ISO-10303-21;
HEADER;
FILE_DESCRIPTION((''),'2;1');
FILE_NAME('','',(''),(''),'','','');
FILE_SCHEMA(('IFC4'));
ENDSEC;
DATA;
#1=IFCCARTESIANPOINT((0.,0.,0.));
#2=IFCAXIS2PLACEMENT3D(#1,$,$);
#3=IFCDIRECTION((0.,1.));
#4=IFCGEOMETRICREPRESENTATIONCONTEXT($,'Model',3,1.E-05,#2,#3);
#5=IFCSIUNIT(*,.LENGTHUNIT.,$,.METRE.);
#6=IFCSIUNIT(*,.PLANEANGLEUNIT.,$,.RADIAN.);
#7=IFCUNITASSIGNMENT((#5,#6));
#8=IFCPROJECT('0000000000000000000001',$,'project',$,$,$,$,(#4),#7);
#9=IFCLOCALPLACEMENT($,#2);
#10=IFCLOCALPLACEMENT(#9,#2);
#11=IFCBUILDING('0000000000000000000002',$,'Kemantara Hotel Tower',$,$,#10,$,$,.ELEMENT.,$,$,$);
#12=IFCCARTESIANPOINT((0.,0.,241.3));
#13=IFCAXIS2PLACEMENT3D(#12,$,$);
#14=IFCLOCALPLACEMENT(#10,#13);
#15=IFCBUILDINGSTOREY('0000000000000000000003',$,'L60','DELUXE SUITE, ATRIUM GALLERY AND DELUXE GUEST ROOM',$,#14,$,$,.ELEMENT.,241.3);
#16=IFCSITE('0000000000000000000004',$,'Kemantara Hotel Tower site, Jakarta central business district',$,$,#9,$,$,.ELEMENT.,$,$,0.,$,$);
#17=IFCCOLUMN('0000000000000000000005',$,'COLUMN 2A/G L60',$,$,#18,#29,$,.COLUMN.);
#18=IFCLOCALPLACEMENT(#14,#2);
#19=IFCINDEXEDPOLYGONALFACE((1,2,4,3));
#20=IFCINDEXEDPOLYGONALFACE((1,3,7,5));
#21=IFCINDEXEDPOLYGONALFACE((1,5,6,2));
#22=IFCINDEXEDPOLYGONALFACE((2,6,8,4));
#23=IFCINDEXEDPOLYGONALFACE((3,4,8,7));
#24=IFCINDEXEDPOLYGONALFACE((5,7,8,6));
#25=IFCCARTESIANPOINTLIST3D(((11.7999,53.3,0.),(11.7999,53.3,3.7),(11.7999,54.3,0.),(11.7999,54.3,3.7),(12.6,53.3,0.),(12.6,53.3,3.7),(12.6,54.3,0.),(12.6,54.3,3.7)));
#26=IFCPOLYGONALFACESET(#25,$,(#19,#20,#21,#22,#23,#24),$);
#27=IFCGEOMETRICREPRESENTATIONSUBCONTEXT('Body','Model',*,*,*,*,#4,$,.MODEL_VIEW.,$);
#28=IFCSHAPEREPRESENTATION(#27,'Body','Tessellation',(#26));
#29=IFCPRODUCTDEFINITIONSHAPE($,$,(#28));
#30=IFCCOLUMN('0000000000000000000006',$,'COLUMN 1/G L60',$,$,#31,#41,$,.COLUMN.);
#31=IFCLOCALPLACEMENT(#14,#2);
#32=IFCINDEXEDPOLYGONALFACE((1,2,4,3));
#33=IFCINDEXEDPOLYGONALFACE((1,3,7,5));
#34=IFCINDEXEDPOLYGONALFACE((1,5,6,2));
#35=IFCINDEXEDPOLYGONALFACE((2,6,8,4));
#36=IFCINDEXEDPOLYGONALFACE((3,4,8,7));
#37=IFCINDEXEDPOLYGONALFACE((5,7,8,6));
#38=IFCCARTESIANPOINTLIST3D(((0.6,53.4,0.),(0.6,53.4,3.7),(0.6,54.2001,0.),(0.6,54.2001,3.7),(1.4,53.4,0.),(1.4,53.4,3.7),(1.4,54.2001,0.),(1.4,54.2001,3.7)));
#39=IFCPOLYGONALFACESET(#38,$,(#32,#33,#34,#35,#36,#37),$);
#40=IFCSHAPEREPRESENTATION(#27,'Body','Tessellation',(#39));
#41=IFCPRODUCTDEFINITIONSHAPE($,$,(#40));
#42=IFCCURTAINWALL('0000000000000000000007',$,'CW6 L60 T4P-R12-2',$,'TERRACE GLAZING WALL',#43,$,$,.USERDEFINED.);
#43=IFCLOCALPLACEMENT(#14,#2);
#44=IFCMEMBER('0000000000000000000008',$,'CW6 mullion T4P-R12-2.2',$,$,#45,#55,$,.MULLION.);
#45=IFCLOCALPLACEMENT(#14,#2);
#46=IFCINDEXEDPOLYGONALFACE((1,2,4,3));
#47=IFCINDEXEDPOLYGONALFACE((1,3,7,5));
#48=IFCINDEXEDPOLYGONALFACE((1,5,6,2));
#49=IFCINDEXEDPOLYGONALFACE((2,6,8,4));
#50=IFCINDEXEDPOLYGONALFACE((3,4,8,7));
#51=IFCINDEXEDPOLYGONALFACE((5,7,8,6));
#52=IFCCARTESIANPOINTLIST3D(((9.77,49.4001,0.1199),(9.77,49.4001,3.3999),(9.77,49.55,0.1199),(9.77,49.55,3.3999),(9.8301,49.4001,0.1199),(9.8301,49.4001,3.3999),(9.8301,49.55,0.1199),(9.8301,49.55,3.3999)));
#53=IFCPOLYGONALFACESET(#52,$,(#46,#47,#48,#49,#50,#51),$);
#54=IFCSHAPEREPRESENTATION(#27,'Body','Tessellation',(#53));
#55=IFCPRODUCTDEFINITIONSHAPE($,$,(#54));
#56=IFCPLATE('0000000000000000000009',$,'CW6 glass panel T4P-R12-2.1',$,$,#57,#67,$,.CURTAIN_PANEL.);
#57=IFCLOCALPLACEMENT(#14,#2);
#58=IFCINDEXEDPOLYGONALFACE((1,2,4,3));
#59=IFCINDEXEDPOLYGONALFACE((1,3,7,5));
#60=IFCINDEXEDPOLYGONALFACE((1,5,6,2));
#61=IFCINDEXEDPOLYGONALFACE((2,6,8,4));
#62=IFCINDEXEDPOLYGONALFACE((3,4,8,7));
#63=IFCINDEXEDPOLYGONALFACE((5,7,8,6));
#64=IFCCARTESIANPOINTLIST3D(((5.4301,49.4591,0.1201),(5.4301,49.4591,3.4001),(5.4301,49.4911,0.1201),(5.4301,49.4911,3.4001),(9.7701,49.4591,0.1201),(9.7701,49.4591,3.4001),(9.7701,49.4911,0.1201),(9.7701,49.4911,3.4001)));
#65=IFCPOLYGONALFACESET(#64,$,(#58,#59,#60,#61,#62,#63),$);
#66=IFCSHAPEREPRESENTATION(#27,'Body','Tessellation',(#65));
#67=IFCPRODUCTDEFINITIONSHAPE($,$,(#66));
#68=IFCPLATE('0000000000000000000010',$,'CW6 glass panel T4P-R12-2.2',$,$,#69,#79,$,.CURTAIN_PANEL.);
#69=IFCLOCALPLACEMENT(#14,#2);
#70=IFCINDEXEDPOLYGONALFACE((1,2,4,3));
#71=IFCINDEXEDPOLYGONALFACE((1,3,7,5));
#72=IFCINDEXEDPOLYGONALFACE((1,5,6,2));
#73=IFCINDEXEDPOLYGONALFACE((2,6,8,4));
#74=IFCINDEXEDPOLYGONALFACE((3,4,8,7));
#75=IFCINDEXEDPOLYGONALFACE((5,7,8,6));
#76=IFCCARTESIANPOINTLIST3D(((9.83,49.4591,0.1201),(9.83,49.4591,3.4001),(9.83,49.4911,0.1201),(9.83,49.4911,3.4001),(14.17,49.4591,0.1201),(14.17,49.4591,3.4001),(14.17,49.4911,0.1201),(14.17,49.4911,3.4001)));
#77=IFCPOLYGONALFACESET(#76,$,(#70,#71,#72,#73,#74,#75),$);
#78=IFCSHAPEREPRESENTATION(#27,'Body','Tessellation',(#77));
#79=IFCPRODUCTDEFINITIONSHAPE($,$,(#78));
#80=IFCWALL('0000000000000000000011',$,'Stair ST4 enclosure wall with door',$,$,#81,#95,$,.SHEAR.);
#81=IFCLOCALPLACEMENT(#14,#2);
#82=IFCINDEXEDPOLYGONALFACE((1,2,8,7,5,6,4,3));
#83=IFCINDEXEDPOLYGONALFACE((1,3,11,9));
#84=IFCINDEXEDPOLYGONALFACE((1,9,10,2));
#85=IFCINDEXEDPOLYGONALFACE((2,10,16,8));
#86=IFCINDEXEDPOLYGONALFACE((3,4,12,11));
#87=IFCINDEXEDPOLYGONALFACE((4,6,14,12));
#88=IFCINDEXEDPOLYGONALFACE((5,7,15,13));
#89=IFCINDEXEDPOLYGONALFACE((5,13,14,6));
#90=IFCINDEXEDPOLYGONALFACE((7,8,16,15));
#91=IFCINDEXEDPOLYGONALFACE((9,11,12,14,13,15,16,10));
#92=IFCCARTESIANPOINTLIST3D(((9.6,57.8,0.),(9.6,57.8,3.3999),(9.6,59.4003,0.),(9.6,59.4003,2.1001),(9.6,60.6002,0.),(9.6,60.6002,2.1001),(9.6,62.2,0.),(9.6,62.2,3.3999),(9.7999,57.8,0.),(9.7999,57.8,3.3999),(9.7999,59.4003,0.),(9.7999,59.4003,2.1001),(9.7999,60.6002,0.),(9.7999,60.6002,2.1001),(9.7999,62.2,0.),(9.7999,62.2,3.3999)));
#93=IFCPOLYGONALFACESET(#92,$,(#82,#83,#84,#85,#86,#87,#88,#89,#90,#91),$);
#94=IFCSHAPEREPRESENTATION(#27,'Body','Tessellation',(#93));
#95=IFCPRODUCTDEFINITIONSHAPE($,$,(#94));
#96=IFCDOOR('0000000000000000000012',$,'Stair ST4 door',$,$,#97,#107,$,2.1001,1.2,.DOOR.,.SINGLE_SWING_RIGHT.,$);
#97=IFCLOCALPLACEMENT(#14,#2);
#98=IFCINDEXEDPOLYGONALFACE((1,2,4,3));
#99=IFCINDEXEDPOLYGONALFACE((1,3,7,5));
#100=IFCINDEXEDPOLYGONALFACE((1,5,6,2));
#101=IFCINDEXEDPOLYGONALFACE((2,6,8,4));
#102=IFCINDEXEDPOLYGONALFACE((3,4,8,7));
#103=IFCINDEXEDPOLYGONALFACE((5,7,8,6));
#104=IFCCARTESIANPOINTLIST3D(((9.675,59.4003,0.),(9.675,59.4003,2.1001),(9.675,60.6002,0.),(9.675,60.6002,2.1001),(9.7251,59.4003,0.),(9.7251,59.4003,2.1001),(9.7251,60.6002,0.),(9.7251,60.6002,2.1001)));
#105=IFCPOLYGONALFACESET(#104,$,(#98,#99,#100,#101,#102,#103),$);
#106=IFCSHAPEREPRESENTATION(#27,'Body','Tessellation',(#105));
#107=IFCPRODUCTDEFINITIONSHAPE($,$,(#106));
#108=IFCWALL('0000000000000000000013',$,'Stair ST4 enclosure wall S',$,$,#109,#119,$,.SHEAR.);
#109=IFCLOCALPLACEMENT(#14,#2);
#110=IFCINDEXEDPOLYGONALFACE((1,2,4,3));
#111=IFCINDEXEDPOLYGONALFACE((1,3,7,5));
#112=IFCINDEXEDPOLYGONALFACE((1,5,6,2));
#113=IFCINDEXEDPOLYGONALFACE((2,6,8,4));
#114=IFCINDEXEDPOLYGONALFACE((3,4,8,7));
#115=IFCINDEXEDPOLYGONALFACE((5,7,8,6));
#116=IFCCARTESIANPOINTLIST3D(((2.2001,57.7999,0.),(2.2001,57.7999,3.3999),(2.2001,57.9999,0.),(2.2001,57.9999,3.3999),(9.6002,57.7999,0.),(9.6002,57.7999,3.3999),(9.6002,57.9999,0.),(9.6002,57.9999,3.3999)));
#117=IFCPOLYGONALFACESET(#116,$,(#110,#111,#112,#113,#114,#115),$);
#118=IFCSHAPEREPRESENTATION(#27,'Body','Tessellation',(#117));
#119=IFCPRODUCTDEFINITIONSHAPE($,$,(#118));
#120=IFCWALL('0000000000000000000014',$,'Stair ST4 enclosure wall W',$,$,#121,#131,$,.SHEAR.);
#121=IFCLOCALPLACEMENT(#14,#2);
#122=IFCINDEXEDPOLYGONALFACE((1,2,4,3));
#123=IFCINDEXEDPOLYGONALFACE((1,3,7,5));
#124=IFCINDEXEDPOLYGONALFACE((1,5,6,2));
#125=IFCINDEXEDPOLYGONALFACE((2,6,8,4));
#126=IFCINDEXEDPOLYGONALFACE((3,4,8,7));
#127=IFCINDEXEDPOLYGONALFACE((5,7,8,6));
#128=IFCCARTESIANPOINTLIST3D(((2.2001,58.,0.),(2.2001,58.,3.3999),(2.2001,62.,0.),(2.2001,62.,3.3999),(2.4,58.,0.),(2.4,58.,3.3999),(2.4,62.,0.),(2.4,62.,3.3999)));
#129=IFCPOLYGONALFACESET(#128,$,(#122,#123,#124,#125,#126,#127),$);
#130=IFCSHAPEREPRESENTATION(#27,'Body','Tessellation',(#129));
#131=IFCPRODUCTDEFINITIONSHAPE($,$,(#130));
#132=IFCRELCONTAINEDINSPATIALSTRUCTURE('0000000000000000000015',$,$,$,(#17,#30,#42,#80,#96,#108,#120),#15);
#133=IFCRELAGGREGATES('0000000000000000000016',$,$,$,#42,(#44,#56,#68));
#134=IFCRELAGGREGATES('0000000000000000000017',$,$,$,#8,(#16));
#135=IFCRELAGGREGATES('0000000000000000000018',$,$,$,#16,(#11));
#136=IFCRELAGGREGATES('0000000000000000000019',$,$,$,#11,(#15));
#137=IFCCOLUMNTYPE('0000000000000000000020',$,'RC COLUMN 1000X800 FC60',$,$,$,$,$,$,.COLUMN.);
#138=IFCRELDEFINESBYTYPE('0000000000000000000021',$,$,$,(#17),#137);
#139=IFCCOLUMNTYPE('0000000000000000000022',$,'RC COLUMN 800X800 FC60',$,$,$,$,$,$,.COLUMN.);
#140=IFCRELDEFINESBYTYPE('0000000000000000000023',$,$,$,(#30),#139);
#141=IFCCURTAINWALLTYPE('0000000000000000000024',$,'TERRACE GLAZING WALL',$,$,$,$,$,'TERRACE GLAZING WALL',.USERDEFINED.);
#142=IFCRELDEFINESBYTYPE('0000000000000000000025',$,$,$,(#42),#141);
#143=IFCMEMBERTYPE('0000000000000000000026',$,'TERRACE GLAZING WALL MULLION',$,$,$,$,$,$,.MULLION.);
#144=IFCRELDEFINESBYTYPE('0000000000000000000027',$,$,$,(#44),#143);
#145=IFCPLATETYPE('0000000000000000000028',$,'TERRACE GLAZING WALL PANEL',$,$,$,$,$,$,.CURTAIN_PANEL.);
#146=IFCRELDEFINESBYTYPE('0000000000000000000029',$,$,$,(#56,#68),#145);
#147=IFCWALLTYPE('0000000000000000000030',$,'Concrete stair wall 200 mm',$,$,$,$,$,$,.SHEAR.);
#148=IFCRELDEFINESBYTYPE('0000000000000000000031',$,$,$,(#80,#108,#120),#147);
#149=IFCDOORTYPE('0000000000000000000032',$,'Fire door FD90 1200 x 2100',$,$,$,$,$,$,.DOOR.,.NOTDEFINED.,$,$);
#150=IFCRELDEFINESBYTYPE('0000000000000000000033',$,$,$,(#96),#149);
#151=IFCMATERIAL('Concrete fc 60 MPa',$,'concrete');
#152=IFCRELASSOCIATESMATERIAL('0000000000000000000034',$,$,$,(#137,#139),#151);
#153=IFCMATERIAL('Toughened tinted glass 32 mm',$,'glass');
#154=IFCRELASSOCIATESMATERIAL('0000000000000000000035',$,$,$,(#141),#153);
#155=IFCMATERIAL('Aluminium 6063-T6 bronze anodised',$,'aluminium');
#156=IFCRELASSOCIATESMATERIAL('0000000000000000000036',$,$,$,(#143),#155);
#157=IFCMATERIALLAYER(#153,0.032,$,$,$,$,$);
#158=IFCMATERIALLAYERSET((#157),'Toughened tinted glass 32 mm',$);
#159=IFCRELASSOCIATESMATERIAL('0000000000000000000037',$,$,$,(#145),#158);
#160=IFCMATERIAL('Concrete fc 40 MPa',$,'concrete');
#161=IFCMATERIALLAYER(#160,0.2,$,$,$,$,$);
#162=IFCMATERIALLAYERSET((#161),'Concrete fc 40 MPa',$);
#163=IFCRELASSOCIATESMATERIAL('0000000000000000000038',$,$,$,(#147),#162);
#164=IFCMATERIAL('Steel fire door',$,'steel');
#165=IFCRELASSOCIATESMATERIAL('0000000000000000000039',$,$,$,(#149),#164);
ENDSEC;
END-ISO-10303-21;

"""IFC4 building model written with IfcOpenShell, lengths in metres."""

from ifc_helpers import new_model, si_unit, direction, frame, frame_2d, origin, origin_2d, place, context, subcontext, project, spatial, rectangle, extrude, source, transform, mapped, material, layer, layer_set, material_profile, profile_set, type_object, element, fill, aggregate, save


model = new_model("IFC4")

# Units and contexts
model_context = context("Model", 3, precision=1e-05, world=origin(), true_north=direction((0.0, 1.0)))
body_context = subcontext(model_context, "Body", "Model", "MODEL_VIEW")
ifc_project = project(units=[si_unit("LENGTHUNIT", "METRE"), si_unit("PLANEANGLEUNIT", "RADIAN")], contexts=[model_context])

# Site, building, storey
site_placement = place(None, origin())
site = spatial("IfcSite", under=ifc_project, at=site_placement, Name="Kemantara Hotel Tower site, Jakarta central business district", CompositionType="ELEMENT", RefElevation=0.0)
building_placement = place(site_placement, origin())
building = spatial("IfcBuilding", under=site, at=building_placement, Name="Kemantara Hotel Tower", CompositionType="ELEMENT")
storey_placement = place(building_placement, frame((0.0, 0.0, 241.3)))
storey = spatial("IfcBuildingStorey", under=building, at=storey_placement, Name="L60", Description="DELUXE SUITE, ATRIUM GALLERY AND DELUXE GUEST ROOM", CompositionType="ELEMENT", Elevation=241.3)

# Columns
ifc_material_1 = material(Name="Concrete fc 60 MPa", Category="concrete")
ifc_material_profile_1 = material_profile(ifc_material_1, rectangle(XDim=1.0, YDim=0.8, at=origin_2d()), Name="RC 1000X800")
ifc_profile_set_1 = profile_set([ifc_material_profile_1], Name="Concrete fc 60 MPa")
column_type_1 = type_object("IfcColumnType", Name="RC COLUMN 1000X800 FC60", PredefinedType="COLUMN", material=ifc_profile_set_1)
column_1_placement = place(storey_placement, frame((12.2, 53.8, 0.0), z_axis=(0.0, 0.0, 1.0), x_axis=(0.0, 1.0, 0.0)))
element("IfcColumn", 1, at=column_1_placement, inside=storey, type_object=column_type_1, Name="COLUMN 2A/G L60", PredefinedType="COLUMN", context=body_context, shape_type="SweptSolid", body=[
    extrude(rectangle(XDim=1.0, YDim=0.8, at=origin_2d()), origin(), (0.0, 0.0, 1.0), 3.7),
])
ifc_material_profile_2 = material_profile(ifc_material_1, rectangle(XDim=0.8, YDim=0.8, at=origin_2d()), Name="RC 800X800")
ifc_profile_set_2 = profile_set([ifc_material_profile_2], Name="Concrete fc 60 MPa")
column_type_2 = type_object("IfcColumnType", Name="RC COLUMN 800X800 FC60", PredefinedType="COLUMN", material=ifc_profile_set_2)
column_2_placement = place(storey_placement, frame((1.0, 53.8, 0.0), z_axis=(0.0, 0.0, 1.0), x_axis=(1.0, 0.0, 0.0)))
element("IfcColumn", 2, at=column_2_placement, inside=storey, type_object=column_type_2, Name="COLUMN 1/G L60", PredefinedType="COLUMN", context=body_context, shape_type="SweptSolid", body=[
    extrude(rectangle(XDim=0.8, YDim=0.8, at=origin_2d()), origin(), (0.0, 0.0, 1.0), 3.7),
])

# Curtain wall, member, plates
ifc_material_2 = material(Name="Toughened tinted glass 32 mm", Category="glass")
curtain_wall_type = type_object("IfcCurtainWallType", Name="TERRACE GLAZING WALL", ElementType="TERRACE GLAZING WALL", PredefinedType="USERDEFINED", material=ifc_material_2)
curtain_wall_placement = place(storey_placement, origin())
curtain_wall = element("IfcCurtainWall", 3, at=curtain_wall_placement, inside=storey, type_object=curtain_wall_type, Name="CW6 L60 T4P-R12-2", ObjectType="TERRACE GLAZING WALL", PredefinedType="USERDEFINED")
ifc_material_3 = material(Name="Aluminium 6063-T6 bronze anodised", Category="aluminium")
ifc_material_profile_3 = material_profile(ifc_material_3, rectangle(XDim=0.1499, YDim=0.0601, at=origin_2d()), Name="TERRACE GLAZING WALL MULLION")
ifc_profile_set_3 = profile_set([ifc_material_profile_3], Name="Aluminium 6063-T6 bronze anodised")
member_type = type_object("IfcMemberType", Name="TERRACE GLAZING WALL MULLION", PredefinedType="MULLION", material=ifc_profile_set_3)
shared_shape_1 = source(origin(), body_context, "Body", "SweptSolid", [
    extrude(rectangle(XDim=0.1499, YDim=0.0601, at=origin_2d()), origin(), (0.0, 0.0, 1.0), 3.28),
])
member_placement = place(storey_placement, frame((9.8, 49.4751, 0.1199), z_axis=(0.0, 0.0, 1.0), x_axis=(0.0, 1.0, 0.0)))
member = element("IfcMember", 4, at=member_placement, type_object=member_type, Name="CW6 mullion T4P-R12-2.2", PredefinedType="MULLION", context=body_context, shape_type="MappedRepresentation", body=[
    mapped(shared_shape_1, transform((0.0, 0.0, 0.0))),
])
ifc_layer_1 = layer(ifc_material_2, 0.032)
ifc_layer_set_1 = layer_set([ifc_layer_1], Name="Toughened tinted glass 32 mm")
plate_type = type_object("IfcPlateType", Name="TERRACE GLAZING WALL PANEL", PredefinedType="CURTAIN_PANEL", material=ifc_layer_set_1)
shared_shape_2 = source(origin(), body_context, "Body", "SweptSolid", [
    extrude(rectangle(XDim=4.3401, YDim=0.032, at=origin_2d()), origin(), (0.0, 0.0, 1.0), 3.28),
])
plate_1_placement = place(storey_placement, frame((7.6001, 49.4751, 0.1201), z_axis=(0.0, 0.0, 1.0), x_axis=(1.0, 0.0, 0.0)))
plate_1 = element("IfcPlate", 5, at=plate_1_placement, type_object=plate_type, Name="CW6 glass panel T4P-R12-2.1", PredefinedType="CURTAIN_PANEL", context=body_context, shape_type="MappedRepresentation", body=[
    mapped(shared_shape_2, transform((0.0, 0.0, 0.0))),
])
plate_2_placement = place(storey_placement, frame((12.0, 49.4751, 0.1201), z_axis=(0.0, 0.0, 1.0), x_axis=(1.0, 0.0, 0.0)))
plate_2 = element("IfcPlate", 6, at=plate_2_placement, type_object=plate_type, Name="CW6 glass panel T4P-R12-2.2", PredefinedType="CURTAIN_PANEL", context=body_context, shape_type="MappedRepresentation", body=[
    mapped(shared_shape_2, transform((0.0, 0.0, 0.0))),
])
aggregate(curtain_wall, [member, plate_1, plate_2])

# Wall, opening, door
ifc_material_4 = material(Name="Concrete fc 40 MPa", Category="concrete")
ifc_layer_2 = layer(ifc_material_4, 0.2)
ifc_layer_set_2 = layer_set([ifc_layer_2], Name="Concrete fc 40 MPa")
wall_type_1 = type_object("IfcWallType", Name="Concrete stair wall 200 mm", PredefinedType="SHEAR", material=ifc_layer_set_2)
wall_1_placement = place(storey_placement, frame((9.7, 57.8, 0.0), z_axis=(0.0, 0.0, 1.0), x_axis=(0.0, 1.0, 0.0)))
wall_1 = element("IfcWall", 7, at=wall_1_placement, inside=storey, type_object=wall_type_1, Name="Stair ST4 enclosure wall with door", PredefinedType="SHEAR", context=body_context, shape_type="SweptSolid", body=[
    extrude(rectangle(XDim=4.3999, YDim=0.2, at=frame_2d((2.2, 0.0))), origin(), (0.0, 0.0, 1.0), 3.3999),
])
opening_1_placement = place(wall_1_placement, frame((1.6001, 0.0, 0.0)))
opening_1 = element("IfcOpeningElement", 8, at=opening_1_placement, cuts=wall_1, PredefinedType="OPENING", context=body_context, shape_type="SweptSolid", body=[
    extrude(rectangle(XDim=1.2, YDim=2.1001, at=frame_2d((0.6001, 1.05))), frame((0.0, 0.1099, 0.0), z_axis=(0.0, -1.0, 0.0), x_axis=(1.0, 0.0, 0.0)), (0.0, 0.0, 1.0), 0.22),
])
ifc_material_5 = material(Name="Steel fire door", Category="steel")
door_type_1 = type_object("IfcDoorType", Name="Fire door FD90 1200 x 2100", OperationType="NOTDEFINED", PredefinedType="DOOR", material=ifc_material_5)
door_1_placement = place(opening_1_placement, origin())
door_1 = element("IfcDoor", 9, at=door_1_placement, inside=storey, type_object=door_type_1, Name="Stair ST4 door", OperationType="SINGLE_SWING_RIGHT", OverallHeight=2.1001, OverallWidth=1.2, PredefinedType="DOOR", context=body_context, shape_type="SweptSolid", body=[
    extrude(rectangle(XDim=1.2, YDim=2.1001, at=frame_2d((0.6001, 1.05))), frame((0.0, 0.0249, 0.0), z_axis=(0.0, -1.0, 0.0), x_axis=(1.0, 0.0, 0.0)), (0.0, 0.0, 1.0), 0.05),
])
fill(opening_1, door_1)

# Walls
wall_2_placement = place(storey_placement, frame((2.2, 57.8999, 0.0), z_axis=(0.0, 0.0, 1.0), x_axis=(1.0, 0.0, 0.0)))
element("IfcWall", 10, at=wall_2_placement, inside=storey, type_object=wall_type_1, Name="Stair ST4 enclosure wall S", PredefinedType="SHEAR", context=body_context, shape_type="SweptSolid", body=[
    extrude(rectangle(XDim=7.4001, YDim=0.2, at=frame_2d((3.7002, 0.0))), origin(), (0.0, 0.0, 1.0), 3.3999),
])
wall_3_placement = place(storey_placement, frame((2.3, 58.0, 0.0), z_axis=(0.0, 0.0, 1.0), x_axis=(0.0, 1.0, 0.0)))
element("IfcWall", 11, at=wall_3_placement, inside=storey, type_object=wall_type_1, Name="Stair ST4 enclosure wall W", PredefinedType="SHEAR", context=body_context, shape_type="SweptSolid", body=[
    extrude(rectangle(XDim=4.0, YDim=0.2, at=frame_2d((2.0, 0.0))), origin(), (0.0, 0.0, 1.0), 3.3999),
])

save(model, "model.ifc")
